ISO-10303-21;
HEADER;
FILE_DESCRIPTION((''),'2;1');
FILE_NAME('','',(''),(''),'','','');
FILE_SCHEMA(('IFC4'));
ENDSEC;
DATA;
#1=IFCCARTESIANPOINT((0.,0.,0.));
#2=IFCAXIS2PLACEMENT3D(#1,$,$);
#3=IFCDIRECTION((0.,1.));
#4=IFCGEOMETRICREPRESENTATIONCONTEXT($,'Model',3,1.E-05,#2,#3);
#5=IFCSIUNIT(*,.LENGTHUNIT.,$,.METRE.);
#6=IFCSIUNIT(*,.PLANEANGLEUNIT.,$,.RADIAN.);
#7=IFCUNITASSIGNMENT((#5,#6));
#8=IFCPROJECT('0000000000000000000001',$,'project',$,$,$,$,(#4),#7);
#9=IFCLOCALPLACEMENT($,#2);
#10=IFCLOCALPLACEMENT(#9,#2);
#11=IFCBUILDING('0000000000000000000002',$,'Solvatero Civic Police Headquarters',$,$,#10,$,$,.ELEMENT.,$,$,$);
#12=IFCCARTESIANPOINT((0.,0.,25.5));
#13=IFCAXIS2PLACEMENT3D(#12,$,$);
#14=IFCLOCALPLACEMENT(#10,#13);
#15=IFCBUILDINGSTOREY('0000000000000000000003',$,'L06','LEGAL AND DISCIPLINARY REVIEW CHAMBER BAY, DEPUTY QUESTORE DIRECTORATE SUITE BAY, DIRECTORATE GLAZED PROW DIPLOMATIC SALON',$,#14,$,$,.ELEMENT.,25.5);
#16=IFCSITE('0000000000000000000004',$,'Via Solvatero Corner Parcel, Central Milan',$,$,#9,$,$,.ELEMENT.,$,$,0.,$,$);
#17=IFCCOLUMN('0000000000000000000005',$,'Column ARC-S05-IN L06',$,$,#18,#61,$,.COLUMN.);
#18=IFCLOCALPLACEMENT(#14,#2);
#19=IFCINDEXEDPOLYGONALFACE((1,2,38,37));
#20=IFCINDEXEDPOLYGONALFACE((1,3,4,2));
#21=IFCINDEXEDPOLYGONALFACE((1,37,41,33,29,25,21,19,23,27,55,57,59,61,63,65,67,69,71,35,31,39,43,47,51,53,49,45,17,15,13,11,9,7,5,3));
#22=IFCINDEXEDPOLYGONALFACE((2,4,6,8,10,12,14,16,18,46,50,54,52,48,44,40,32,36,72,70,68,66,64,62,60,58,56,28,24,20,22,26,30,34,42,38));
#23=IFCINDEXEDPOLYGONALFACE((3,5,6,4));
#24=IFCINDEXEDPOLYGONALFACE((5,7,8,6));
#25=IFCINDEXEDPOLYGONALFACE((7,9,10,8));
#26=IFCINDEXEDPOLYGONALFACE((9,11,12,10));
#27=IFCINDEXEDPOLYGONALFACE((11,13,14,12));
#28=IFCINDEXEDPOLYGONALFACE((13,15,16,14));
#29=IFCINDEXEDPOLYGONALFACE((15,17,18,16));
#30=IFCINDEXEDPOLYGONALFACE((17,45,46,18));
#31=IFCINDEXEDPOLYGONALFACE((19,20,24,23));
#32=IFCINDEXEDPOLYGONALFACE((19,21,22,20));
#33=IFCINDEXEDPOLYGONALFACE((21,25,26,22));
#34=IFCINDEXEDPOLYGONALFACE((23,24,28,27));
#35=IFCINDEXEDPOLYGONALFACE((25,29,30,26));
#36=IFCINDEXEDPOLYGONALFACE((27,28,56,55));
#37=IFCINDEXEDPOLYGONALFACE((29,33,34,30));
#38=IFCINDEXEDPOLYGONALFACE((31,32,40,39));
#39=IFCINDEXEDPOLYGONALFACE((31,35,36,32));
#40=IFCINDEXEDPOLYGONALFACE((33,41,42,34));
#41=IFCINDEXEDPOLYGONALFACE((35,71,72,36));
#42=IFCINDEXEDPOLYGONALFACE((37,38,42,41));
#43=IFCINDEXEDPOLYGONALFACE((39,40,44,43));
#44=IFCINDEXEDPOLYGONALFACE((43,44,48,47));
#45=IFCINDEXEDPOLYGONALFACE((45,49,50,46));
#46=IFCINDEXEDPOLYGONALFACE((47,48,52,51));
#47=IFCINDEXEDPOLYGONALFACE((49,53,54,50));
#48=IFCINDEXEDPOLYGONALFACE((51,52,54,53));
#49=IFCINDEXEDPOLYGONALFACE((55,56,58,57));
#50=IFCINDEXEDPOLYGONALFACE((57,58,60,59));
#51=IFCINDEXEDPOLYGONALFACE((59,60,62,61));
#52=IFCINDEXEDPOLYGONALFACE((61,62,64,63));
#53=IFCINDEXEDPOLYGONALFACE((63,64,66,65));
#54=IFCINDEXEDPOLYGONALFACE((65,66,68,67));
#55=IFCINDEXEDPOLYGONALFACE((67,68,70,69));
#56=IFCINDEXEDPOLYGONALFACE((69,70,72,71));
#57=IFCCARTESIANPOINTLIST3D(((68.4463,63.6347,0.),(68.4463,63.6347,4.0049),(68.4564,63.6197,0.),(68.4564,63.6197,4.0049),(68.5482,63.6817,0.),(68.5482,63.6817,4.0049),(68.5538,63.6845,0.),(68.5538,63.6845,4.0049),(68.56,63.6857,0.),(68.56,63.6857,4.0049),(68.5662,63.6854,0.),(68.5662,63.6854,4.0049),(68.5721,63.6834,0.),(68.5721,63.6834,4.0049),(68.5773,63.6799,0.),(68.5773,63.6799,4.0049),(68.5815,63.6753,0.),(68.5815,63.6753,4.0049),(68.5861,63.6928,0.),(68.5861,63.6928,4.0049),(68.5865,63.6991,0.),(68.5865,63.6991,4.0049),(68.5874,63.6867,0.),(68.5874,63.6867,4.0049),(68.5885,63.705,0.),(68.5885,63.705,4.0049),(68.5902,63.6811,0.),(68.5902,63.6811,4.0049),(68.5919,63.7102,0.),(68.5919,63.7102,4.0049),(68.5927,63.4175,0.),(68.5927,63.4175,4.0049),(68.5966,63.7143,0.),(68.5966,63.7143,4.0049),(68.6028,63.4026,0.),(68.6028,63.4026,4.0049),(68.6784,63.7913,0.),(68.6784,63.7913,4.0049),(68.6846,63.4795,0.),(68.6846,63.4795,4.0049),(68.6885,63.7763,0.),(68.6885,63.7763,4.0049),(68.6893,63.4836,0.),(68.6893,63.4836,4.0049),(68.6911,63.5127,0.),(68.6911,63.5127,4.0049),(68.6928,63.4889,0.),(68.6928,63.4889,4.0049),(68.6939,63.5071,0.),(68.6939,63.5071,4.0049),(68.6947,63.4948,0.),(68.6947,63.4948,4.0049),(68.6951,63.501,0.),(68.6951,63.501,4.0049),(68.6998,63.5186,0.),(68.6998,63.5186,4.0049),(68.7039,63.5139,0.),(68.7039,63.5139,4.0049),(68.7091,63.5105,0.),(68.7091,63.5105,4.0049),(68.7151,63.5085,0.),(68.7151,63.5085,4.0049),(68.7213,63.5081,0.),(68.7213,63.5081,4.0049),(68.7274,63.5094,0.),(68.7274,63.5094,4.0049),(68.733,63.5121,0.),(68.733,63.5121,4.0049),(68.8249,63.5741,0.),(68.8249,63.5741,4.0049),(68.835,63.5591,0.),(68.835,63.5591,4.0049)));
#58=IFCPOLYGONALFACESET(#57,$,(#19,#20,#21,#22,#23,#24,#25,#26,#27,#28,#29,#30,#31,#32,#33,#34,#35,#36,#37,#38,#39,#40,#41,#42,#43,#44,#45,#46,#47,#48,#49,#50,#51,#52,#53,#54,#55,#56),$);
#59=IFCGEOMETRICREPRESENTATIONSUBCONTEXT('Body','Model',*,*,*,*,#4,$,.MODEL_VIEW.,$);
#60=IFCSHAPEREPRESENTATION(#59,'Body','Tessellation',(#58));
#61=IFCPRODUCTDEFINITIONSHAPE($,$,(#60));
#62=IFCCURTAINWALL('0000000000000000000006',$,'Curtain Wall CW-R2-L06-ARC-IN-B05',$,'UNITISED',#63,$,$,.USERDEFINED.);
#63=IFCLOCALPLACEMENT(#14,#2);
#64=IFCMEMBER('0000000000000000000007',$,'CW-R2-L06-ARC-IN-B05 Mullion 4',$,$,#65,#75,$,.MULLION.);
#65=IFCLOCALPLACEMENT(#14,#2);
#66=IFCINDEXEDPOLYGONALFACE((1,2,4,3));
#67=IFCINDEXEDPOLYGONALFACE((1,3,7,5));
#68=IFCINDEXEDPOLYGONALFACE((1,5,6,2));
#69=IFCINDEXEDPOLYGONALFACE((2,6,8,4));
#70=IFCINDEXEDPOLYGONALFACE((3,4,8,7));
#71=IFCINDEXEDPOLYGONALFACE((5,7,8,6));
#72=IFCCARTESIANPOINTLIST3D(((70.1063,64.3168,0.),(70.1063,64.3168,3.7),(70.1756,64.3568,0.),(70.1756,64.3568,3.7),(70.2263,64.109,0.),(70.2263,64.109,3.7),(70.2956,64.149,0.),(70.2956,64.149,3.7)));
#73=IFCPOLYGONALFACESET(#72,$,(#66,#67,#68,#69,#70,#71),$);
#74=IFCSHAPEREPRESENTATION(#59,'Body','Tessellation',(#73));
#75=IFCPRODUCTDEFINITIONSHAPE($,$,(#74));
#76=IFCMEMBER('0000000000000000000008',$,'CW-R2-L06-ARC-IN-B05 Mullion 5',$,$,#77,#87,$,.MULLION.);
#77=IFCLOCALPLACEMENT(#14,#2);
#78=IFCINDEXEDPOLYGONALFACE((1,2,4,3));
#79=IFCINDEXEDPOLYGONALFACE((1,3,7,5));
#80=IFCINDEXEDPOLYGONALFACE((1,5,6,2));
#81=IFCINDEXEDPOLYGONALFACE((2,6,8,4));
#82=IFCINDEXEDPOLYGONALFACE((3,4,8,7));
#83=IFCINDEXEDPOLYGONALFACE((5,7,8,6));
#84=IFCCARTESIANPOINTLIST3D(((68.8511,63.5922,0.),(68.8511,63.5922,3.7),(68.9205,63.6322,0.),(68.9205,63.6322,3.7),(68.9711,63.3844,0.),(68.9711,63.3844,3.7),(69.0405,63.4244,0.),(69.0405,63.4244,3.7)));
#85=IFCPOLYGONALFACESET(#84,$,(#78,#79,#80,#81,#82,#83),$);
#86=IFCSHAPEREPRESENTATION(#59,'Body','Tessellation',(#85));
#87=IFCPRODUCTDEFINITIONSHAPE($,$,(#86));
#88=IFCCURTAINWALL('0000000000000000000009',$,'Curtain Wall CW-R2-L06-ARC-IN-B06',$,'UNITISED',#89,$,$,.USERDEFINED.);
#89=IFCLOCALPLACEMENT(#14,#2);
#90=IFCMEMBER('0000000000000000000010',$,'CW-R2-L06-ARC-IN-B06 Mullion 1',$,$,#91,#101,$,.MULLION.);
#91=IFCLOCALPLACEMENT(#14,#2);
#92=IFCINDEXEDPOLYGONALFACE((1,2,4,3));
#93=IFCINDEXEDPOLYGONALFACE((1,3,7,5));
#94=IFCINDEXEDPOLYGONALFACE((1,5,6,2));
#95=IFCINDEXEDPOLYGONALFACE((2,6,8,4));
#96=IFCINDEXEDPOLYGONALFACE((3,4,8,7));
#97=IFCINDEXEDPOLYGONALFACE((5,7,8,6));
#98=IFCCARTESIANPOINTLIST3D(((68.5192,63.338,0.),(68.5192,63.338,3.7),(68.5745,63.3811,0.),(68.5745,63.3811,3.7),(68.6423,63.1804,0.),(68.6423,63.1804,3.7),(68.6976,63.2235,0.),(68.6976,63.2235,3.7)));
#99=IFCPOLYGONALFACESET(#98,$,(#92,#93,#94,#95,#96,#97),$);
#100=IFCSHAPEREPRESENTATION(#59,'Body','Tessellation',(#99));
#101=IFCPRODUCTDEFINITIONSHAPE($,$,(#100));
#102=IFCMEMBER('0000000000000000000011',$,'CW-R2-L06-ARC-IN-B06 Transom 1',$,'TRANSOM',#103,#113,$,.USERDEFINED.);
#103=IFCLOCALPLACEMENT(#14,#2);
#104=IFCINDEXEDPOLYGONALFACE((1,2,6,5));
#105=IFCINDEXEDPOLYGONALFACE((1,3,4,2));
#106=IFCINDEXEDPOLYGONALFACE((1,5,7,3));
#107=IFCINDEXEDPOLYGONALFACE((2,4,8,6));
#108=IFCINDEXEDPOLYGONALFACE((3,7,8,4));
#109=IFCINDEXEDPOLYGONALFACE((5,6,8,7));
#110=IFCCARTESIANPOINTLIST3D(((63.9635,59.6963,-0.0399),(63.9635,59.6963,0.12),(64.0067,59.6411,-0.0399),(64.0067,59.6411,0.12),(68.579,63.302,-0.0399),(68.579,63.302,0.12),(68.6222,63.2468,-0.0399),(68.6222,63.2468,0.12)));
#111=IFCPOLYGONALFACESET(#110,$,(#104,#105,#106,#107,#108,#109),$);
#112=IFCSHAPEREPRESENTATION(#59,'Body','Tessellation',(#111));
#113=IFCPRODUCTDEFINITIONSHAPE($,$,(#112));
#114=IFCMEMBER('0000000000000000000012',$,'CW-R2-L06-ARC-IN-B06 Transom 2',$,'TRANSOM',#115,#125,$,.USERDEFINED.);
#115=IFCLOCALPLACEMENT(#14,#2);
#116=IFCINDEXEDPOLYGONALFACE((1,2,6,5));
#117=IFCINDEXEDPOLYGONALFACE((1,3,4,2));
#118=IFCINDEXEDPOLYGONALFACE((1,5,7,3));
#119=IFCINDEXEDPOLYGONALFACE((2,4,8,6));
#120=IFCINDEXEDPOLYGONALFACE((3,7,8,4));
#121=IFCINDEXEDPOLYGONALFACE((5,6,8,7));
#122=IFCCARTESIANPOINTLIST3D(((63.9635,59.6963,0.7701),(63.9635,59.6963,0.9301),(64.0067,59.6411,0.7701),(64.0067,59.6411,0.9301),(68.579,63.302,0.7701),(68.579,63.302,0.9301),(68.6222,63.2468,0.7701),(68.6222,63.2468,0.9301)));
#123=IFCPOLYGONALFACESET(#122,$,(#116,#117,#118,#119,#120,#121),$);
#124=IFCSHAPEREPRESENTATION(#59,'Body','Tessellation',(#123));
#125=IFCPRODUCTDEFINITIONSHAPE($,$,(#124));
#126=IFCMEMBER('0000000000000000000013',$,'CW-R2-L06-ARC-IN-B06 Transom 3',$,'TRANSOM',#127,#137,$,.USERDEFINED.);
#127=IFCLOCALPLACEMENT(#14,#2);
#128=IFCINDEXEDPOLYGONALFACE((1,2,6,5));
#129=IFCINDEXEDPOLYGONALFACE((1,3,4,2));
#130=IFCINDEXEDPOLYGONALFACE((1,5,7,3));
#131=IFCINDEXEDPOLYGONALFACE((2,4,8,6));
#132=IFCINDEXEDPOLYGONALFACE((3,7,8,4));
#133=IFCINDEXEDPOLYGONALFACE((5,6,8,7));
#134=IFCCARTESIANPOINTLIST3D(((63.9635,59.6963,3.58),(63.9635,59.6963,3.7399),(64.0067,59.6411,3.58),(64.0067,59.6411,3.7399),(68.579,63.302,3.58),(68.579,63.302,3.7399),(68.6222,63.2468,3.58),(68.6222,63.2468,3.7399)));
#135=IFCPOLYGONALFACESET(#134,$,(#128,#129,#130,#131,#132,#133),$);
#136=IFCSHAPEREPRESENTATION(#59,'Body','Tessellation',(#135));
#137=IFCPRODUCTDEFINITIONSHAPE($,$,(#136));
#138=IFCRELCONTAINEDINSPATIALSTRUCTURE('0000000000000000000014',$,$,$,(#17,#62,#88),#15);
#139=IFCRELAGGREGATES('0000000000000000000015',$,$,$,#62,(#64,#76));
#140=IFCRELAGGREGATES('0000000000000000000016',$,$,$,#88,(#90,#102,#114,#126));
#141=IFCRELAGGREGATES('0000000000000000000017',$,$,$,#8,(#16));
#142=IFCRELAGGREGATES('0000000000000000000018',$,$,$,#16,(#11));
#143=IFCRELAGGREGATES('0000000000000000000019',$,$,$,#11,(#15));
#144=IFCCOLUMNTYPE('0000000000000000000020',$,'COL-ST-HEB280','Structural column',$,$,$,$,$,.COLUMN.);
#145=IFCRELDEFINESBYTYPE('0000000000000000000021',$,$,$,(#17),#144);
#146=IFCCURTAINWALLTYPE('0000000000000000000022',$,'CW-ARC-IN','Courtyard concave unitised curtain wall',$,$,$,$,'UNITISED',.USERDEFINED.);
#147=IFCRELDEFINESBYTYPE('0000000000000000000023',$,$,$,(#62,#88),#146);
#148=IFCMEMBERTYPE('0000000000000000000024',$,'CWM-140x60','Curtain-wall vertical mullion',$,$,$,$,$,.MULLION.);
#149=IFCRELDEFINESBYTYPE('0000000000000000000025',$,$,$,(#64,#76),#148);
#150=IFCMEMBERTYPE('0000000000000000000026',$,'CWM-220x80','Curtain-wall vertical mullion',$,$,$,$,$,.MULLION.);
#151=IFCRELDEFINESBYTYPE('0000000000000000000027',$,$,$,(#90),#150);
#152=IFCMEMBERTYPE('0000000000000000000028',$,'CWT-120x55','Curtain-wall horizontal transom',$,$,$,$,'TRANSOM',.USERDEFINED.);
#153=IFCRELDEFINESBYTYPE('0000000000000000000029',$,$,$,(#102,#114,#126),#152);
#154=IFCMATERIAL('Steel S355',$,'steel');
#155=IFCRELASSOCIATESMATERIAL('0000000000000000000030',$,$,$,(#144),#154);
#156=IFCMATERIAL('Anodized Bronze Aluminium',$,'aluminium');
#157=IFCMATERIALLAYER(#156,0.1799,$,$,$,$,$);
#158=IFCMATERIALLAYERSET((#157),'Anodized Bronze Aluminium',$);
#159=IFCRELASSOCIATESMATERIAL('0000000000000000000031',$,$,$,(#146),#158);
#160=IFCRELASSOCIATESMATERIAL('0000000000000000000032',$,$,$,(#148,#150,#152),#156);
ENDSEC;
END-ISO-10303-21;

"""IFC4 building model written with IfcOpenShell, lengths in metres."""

from ifc_helpers import new_model, si_unit, direction, frame, origin, origin_2d, place, context, subcontext, project, spatial, rectangle, i_section, extrude, material, layer, layer_set, material_profile, profile_set, type_object, element, aggregate, save


model = new_model("IFC4")

# Units and contexts
model_context = context("Model", 3, precision=1e-05, world=origin(), true_north=direction((0.0, 1.0)))
body_context = subcontext(model_context, "Body", "Model", "MODEL_VIEW")
ifc_project = project(units=[si_unit("LENGTHUNIT", "METRE"), si_unit("PLANEANGLEUNIT", "RADIAN")], contexts=[model_context])

# Site, building, storey
site_placement = place(None, origin())
site = spatial("IfcSite", under=ifc_project, at=site_placement, Name="Via Solvatero Corner Parcel, Central Milan", CompositionType="ELEMENT", RefElevation=0.0)
building_placement = place(site_placement, origin())
building = spatial("IfcBuilding", under=site, at=building_placement, Name="Solvatero Civic Police Headquarters", CompositionType="ELEMENT")
storey_placement = place(building_placement, frame((0.0, 0.0, 25.5)))
storey = spatial("IfcBuildingStorey", under=building, at=storey_placement, Name="L06", Description="LEGAL AND DISCIPLINARY REVIEW CHAMBER BAY, DEPUTY QUESTORE DIRECTORATE SUITE BAY, DIRECTORATE GLAZED PROW DIPLOMATIC SALON", CompositionType="ELEMENT", Elevation=25.5)

# Column
ifc_material_1 = material(Name="Steel S355", Category="steel")
ifc_material_profile_1 = material_profile(ifc_material_1, i_section(OverallWidth=0.28, OverallDepth=0.28, WebThickness=0.0105, FlangeThickness=0.0181, FilletRadius=0.0239, at=origin_2d()), Name="HEB 280")
ifc_profile_set_1 = profile_set([ifc_material_profile_1], Name="Steel S355")
column_type = type_object("IfcColumnType", Name="COL-ST-HEB280", Description="Structural column", PredefinedType="COLUMN", material=ifc_profile_set_1)
column_placement = place(storey_placement, frame((68.6406, 63.5969, 0.0), z_axis=(0.0, 0.0, 1.0), x_axis=(0.829038, 0.559193, 0.0)))
element("IfcColumn", 1, at=column_placement, inside=storey, type_object=column_type, Name="Column ARC-S05-IN L06", PredefinedType="COLUMN", context=body_context, shape_type="SweptSolid", body=[
    extrude(i_section(OverallWidth=0.28, OverallDepth=0.28, WebThickness=0.0105, FlangeThickness=0.0181, FilletRadius=0.0239, at=origin_2d()), origin(), (0.0, 0.0, 1.0), 4.0049),
])

# Curtain walls, members
ifc_material_2 = material(Name="Anodized Bronze Aluminium", Category="aluminium")
ifc_layer_1 = layer(ifc_material_2, 0.1799)
ifc_layer_set_1 = layer_set([ifc_layer_1], Name="Anodized Bronze Aluminium")
curtain_wall_type = type_object("IfcCurtainWallType", Name="CW-ARC-IN", Description="Courtyard concave unitised curtain wall", ElementType="UNITISED", PredefinedType="USERDEFINED", material=ifc_layer_set_1)
curtain_wall_1_placement = place(storey_placement, origin())
curtain_wall_1 = element("IfcCurtainWall", 2, at=curtain_wall_1_placement, inside=storey, type_object=curtain_wall_type, Name="Curtain Wall CW-R2-L06-ARC-IN-B05", ObjectType="UNITISED", PredefinedType="USERDEFINED")
ifc_material_profile_2 = material_profile(ifc_material_2, rectangle(XDim=0.0801, YDim=0.24, at=origin_2d()), Name="ALU MULLION 80x240")
ifc_profile_set_2 = profile_set([ifc_material_profile_2], Name="Anodized Bronze Aluminium")
member_type_1 = type_object("IfcMemberType", Name="CWM-140x60", Description="Curtain-wall vertical mullion", PredefinedType="MULLION", material=ifc_profile_set_2)
member_1_placement = place(storey_placement, frame((70.2009, 64.2329, 0.0), z_axis=(0.0, 0.0, 1.0), x_axis=(-0.866025, -0.5, 0.0)))
member_1 = element("IfcMember", 3, at=member_1_placement, type_object=member_type_1, Name="CW-R2-L06-ARC-IN-B05 Mullion 4", PredefinedType="MULLION", context=body_context, shape_type="SweptSolid", body=[
    extrude(rectangle(XDim=0.0801, YDim=0.24, at=origin_2d()), origin(), (0.0, 0.0, 1.0), 3.7),
])
member_2_placement = place(storey_placement, frame((68.9458, 63.5083, 0.0), z_axis=(0.0, 0.0, 1.0), x_axis=(-0.866025, -0.5, 0.0)))
member_2 = element("IfcMember", 4, at=member_2_placement, type_object=member_type_1, Name="CW-R2-L06-ARC-IN-B05 Mullion 5", PredefinedType="MULLION", context=body_context, shape_type="SweptSolid", body=[
    extrude(rectangle(XDim=0.0801, YDim=0.24, at=origin_2d()), origin(), (0.0, 0.0, 1.0), 3.7),
])
curtain_wall_2_placement = place(storey_placement, origin())
curtain_wall_2 = element("IfcCurtainWall", 5, at=curtain_wall_2_placement, inside=storey, type_object=curtain_wall_type, Name="Curtain Wall CW-R2-L06-ARC-IN-B06", ObjectType="UNITISED", PredefinedType="USERDEFINED")
ifc_material_profile_3 = material_profile(ifc_material_2, rectangle(XDim=0.0701, YDim=0.2, at=origin_2d()), Name="ALU MULLION 70x200")
ifc_profile_set_3 = profile_set([ifc_material_profile_3], Name="Anodized Bronze Aluminium")
member_type_2 = type_object("IfcMemberType", Name="CWM-220x80", Description="Curtain-wall vertical mullion", PredefinedType="MULLION", material=ifc_profile_set_3)
member_3_placement = place(storey_placement, frame((68.6084, 63.2808, 0.0), z_axis=(0.0, 0.0, 1.0), x_axis=(-0.788011, -0.615661, 0.0)))
member_3 = element("IfcMember", 6, at=member_3_placement, type_object=member_type_2, Name="CW-R2-L06-ARC-IN-B06 Mullion 1", PredefinedType="MULLION", context=body_context, shape_type="SweptSolid", body=[
    extrude(rectangle(XDim=0.0701, YDim=0.2, at=origin_2d()), origin(), (0.0, 0.0, 1.0), 3.7),
])
ifc_material_profile_4 = material_profile(ifc_material_2, rectangle(XDim=0.0701, YDim=0.1599, at=origin_2d()), Name="ALU TRANSOM 70x160")
ifc_profile_set_4 = profile_set([ifc_material_profile_4], Name="Anodized Bronze Aluminium")
member_type_3 = type_object("IfcMemberType", Name="CWT-120x55", Description="Curtain-wall horizontal transom", ElementType="TRANSOM", PredefinedType="USERDEFINED", material=ifc_profile_set_4)
member_4_placement = place(storey_placement, frame((68.6006, 63.2744, 0.04), z_axis=(-0.788035, -0.61563, 0.0), x_axis=(0.61563, -0.788035, 0.0)))
member_4 = element("IfcMember", 7, at=member_4_placement, type_object=member_type_3, Name="CW-R2-L06-ARC-IN-B06 Transom 1", ObjectType="TRANSOM", PredefinedType="USERDEFINED", context=body_context, shape_type="SweptSolid", body=[
    extrude(rectangle(XDim=0.0701, YDim=0.1599, at=origin_2d()), origin(), (0.0, 0.0, 1.0), 5.8569),
])
member_5_placement = place(storey_placement, frame((68.6006, 63.2744, 0.8501), z_axis=(-0.788035, -0.61563, 0.0), x_axis=(0.61563, -0.788035, 0.0)))
member_5 = element("IfcMember", 8, at=member_5_placement, type_object=member_type_3, Name="CW-R2-L06-ARC-IN-B06 Transom 2", ObjectType="TRANSOM", PredefinedType="USERDEFINED", context=body_context, shape_type="SweptSolid", body=[
    extrude(rectangle(XDim=0.0701, YDim=0.1599, at=origin_2d()), origin(), (0.0, 0.0, 1.0), 5.8569),
])
member_6_placement = place(storey_placement, frame((68.6006, 63.2744, 3.6599), z_axis=(-0.788035, -0.61563, 0.0), x_axis=(0.61563, -0.788035, 0.0)))
member_6 = element("IfcMember", 9, at=member_6_placement, type_object=member_type_3, Name="CW-R2-L06-ARC-IN-B06 Transom 3", ObjectType="TRANSOM", PredefinedType="USERDEFINED", context=body_context, shape_type="SweptSolid", body=[
    extrude(rectangle(XDim=0.0701, YDim=0.1599, at=origin_2d()), origin(), (0.0, 0.0, 1.0), 5.8569),
])

aggregate(curtain_wall_1, [member_1, member_2])
aggregate(curtain_wall_2, [member_3, member_4, member_5, member_6])

save(model, "model.ifc")
